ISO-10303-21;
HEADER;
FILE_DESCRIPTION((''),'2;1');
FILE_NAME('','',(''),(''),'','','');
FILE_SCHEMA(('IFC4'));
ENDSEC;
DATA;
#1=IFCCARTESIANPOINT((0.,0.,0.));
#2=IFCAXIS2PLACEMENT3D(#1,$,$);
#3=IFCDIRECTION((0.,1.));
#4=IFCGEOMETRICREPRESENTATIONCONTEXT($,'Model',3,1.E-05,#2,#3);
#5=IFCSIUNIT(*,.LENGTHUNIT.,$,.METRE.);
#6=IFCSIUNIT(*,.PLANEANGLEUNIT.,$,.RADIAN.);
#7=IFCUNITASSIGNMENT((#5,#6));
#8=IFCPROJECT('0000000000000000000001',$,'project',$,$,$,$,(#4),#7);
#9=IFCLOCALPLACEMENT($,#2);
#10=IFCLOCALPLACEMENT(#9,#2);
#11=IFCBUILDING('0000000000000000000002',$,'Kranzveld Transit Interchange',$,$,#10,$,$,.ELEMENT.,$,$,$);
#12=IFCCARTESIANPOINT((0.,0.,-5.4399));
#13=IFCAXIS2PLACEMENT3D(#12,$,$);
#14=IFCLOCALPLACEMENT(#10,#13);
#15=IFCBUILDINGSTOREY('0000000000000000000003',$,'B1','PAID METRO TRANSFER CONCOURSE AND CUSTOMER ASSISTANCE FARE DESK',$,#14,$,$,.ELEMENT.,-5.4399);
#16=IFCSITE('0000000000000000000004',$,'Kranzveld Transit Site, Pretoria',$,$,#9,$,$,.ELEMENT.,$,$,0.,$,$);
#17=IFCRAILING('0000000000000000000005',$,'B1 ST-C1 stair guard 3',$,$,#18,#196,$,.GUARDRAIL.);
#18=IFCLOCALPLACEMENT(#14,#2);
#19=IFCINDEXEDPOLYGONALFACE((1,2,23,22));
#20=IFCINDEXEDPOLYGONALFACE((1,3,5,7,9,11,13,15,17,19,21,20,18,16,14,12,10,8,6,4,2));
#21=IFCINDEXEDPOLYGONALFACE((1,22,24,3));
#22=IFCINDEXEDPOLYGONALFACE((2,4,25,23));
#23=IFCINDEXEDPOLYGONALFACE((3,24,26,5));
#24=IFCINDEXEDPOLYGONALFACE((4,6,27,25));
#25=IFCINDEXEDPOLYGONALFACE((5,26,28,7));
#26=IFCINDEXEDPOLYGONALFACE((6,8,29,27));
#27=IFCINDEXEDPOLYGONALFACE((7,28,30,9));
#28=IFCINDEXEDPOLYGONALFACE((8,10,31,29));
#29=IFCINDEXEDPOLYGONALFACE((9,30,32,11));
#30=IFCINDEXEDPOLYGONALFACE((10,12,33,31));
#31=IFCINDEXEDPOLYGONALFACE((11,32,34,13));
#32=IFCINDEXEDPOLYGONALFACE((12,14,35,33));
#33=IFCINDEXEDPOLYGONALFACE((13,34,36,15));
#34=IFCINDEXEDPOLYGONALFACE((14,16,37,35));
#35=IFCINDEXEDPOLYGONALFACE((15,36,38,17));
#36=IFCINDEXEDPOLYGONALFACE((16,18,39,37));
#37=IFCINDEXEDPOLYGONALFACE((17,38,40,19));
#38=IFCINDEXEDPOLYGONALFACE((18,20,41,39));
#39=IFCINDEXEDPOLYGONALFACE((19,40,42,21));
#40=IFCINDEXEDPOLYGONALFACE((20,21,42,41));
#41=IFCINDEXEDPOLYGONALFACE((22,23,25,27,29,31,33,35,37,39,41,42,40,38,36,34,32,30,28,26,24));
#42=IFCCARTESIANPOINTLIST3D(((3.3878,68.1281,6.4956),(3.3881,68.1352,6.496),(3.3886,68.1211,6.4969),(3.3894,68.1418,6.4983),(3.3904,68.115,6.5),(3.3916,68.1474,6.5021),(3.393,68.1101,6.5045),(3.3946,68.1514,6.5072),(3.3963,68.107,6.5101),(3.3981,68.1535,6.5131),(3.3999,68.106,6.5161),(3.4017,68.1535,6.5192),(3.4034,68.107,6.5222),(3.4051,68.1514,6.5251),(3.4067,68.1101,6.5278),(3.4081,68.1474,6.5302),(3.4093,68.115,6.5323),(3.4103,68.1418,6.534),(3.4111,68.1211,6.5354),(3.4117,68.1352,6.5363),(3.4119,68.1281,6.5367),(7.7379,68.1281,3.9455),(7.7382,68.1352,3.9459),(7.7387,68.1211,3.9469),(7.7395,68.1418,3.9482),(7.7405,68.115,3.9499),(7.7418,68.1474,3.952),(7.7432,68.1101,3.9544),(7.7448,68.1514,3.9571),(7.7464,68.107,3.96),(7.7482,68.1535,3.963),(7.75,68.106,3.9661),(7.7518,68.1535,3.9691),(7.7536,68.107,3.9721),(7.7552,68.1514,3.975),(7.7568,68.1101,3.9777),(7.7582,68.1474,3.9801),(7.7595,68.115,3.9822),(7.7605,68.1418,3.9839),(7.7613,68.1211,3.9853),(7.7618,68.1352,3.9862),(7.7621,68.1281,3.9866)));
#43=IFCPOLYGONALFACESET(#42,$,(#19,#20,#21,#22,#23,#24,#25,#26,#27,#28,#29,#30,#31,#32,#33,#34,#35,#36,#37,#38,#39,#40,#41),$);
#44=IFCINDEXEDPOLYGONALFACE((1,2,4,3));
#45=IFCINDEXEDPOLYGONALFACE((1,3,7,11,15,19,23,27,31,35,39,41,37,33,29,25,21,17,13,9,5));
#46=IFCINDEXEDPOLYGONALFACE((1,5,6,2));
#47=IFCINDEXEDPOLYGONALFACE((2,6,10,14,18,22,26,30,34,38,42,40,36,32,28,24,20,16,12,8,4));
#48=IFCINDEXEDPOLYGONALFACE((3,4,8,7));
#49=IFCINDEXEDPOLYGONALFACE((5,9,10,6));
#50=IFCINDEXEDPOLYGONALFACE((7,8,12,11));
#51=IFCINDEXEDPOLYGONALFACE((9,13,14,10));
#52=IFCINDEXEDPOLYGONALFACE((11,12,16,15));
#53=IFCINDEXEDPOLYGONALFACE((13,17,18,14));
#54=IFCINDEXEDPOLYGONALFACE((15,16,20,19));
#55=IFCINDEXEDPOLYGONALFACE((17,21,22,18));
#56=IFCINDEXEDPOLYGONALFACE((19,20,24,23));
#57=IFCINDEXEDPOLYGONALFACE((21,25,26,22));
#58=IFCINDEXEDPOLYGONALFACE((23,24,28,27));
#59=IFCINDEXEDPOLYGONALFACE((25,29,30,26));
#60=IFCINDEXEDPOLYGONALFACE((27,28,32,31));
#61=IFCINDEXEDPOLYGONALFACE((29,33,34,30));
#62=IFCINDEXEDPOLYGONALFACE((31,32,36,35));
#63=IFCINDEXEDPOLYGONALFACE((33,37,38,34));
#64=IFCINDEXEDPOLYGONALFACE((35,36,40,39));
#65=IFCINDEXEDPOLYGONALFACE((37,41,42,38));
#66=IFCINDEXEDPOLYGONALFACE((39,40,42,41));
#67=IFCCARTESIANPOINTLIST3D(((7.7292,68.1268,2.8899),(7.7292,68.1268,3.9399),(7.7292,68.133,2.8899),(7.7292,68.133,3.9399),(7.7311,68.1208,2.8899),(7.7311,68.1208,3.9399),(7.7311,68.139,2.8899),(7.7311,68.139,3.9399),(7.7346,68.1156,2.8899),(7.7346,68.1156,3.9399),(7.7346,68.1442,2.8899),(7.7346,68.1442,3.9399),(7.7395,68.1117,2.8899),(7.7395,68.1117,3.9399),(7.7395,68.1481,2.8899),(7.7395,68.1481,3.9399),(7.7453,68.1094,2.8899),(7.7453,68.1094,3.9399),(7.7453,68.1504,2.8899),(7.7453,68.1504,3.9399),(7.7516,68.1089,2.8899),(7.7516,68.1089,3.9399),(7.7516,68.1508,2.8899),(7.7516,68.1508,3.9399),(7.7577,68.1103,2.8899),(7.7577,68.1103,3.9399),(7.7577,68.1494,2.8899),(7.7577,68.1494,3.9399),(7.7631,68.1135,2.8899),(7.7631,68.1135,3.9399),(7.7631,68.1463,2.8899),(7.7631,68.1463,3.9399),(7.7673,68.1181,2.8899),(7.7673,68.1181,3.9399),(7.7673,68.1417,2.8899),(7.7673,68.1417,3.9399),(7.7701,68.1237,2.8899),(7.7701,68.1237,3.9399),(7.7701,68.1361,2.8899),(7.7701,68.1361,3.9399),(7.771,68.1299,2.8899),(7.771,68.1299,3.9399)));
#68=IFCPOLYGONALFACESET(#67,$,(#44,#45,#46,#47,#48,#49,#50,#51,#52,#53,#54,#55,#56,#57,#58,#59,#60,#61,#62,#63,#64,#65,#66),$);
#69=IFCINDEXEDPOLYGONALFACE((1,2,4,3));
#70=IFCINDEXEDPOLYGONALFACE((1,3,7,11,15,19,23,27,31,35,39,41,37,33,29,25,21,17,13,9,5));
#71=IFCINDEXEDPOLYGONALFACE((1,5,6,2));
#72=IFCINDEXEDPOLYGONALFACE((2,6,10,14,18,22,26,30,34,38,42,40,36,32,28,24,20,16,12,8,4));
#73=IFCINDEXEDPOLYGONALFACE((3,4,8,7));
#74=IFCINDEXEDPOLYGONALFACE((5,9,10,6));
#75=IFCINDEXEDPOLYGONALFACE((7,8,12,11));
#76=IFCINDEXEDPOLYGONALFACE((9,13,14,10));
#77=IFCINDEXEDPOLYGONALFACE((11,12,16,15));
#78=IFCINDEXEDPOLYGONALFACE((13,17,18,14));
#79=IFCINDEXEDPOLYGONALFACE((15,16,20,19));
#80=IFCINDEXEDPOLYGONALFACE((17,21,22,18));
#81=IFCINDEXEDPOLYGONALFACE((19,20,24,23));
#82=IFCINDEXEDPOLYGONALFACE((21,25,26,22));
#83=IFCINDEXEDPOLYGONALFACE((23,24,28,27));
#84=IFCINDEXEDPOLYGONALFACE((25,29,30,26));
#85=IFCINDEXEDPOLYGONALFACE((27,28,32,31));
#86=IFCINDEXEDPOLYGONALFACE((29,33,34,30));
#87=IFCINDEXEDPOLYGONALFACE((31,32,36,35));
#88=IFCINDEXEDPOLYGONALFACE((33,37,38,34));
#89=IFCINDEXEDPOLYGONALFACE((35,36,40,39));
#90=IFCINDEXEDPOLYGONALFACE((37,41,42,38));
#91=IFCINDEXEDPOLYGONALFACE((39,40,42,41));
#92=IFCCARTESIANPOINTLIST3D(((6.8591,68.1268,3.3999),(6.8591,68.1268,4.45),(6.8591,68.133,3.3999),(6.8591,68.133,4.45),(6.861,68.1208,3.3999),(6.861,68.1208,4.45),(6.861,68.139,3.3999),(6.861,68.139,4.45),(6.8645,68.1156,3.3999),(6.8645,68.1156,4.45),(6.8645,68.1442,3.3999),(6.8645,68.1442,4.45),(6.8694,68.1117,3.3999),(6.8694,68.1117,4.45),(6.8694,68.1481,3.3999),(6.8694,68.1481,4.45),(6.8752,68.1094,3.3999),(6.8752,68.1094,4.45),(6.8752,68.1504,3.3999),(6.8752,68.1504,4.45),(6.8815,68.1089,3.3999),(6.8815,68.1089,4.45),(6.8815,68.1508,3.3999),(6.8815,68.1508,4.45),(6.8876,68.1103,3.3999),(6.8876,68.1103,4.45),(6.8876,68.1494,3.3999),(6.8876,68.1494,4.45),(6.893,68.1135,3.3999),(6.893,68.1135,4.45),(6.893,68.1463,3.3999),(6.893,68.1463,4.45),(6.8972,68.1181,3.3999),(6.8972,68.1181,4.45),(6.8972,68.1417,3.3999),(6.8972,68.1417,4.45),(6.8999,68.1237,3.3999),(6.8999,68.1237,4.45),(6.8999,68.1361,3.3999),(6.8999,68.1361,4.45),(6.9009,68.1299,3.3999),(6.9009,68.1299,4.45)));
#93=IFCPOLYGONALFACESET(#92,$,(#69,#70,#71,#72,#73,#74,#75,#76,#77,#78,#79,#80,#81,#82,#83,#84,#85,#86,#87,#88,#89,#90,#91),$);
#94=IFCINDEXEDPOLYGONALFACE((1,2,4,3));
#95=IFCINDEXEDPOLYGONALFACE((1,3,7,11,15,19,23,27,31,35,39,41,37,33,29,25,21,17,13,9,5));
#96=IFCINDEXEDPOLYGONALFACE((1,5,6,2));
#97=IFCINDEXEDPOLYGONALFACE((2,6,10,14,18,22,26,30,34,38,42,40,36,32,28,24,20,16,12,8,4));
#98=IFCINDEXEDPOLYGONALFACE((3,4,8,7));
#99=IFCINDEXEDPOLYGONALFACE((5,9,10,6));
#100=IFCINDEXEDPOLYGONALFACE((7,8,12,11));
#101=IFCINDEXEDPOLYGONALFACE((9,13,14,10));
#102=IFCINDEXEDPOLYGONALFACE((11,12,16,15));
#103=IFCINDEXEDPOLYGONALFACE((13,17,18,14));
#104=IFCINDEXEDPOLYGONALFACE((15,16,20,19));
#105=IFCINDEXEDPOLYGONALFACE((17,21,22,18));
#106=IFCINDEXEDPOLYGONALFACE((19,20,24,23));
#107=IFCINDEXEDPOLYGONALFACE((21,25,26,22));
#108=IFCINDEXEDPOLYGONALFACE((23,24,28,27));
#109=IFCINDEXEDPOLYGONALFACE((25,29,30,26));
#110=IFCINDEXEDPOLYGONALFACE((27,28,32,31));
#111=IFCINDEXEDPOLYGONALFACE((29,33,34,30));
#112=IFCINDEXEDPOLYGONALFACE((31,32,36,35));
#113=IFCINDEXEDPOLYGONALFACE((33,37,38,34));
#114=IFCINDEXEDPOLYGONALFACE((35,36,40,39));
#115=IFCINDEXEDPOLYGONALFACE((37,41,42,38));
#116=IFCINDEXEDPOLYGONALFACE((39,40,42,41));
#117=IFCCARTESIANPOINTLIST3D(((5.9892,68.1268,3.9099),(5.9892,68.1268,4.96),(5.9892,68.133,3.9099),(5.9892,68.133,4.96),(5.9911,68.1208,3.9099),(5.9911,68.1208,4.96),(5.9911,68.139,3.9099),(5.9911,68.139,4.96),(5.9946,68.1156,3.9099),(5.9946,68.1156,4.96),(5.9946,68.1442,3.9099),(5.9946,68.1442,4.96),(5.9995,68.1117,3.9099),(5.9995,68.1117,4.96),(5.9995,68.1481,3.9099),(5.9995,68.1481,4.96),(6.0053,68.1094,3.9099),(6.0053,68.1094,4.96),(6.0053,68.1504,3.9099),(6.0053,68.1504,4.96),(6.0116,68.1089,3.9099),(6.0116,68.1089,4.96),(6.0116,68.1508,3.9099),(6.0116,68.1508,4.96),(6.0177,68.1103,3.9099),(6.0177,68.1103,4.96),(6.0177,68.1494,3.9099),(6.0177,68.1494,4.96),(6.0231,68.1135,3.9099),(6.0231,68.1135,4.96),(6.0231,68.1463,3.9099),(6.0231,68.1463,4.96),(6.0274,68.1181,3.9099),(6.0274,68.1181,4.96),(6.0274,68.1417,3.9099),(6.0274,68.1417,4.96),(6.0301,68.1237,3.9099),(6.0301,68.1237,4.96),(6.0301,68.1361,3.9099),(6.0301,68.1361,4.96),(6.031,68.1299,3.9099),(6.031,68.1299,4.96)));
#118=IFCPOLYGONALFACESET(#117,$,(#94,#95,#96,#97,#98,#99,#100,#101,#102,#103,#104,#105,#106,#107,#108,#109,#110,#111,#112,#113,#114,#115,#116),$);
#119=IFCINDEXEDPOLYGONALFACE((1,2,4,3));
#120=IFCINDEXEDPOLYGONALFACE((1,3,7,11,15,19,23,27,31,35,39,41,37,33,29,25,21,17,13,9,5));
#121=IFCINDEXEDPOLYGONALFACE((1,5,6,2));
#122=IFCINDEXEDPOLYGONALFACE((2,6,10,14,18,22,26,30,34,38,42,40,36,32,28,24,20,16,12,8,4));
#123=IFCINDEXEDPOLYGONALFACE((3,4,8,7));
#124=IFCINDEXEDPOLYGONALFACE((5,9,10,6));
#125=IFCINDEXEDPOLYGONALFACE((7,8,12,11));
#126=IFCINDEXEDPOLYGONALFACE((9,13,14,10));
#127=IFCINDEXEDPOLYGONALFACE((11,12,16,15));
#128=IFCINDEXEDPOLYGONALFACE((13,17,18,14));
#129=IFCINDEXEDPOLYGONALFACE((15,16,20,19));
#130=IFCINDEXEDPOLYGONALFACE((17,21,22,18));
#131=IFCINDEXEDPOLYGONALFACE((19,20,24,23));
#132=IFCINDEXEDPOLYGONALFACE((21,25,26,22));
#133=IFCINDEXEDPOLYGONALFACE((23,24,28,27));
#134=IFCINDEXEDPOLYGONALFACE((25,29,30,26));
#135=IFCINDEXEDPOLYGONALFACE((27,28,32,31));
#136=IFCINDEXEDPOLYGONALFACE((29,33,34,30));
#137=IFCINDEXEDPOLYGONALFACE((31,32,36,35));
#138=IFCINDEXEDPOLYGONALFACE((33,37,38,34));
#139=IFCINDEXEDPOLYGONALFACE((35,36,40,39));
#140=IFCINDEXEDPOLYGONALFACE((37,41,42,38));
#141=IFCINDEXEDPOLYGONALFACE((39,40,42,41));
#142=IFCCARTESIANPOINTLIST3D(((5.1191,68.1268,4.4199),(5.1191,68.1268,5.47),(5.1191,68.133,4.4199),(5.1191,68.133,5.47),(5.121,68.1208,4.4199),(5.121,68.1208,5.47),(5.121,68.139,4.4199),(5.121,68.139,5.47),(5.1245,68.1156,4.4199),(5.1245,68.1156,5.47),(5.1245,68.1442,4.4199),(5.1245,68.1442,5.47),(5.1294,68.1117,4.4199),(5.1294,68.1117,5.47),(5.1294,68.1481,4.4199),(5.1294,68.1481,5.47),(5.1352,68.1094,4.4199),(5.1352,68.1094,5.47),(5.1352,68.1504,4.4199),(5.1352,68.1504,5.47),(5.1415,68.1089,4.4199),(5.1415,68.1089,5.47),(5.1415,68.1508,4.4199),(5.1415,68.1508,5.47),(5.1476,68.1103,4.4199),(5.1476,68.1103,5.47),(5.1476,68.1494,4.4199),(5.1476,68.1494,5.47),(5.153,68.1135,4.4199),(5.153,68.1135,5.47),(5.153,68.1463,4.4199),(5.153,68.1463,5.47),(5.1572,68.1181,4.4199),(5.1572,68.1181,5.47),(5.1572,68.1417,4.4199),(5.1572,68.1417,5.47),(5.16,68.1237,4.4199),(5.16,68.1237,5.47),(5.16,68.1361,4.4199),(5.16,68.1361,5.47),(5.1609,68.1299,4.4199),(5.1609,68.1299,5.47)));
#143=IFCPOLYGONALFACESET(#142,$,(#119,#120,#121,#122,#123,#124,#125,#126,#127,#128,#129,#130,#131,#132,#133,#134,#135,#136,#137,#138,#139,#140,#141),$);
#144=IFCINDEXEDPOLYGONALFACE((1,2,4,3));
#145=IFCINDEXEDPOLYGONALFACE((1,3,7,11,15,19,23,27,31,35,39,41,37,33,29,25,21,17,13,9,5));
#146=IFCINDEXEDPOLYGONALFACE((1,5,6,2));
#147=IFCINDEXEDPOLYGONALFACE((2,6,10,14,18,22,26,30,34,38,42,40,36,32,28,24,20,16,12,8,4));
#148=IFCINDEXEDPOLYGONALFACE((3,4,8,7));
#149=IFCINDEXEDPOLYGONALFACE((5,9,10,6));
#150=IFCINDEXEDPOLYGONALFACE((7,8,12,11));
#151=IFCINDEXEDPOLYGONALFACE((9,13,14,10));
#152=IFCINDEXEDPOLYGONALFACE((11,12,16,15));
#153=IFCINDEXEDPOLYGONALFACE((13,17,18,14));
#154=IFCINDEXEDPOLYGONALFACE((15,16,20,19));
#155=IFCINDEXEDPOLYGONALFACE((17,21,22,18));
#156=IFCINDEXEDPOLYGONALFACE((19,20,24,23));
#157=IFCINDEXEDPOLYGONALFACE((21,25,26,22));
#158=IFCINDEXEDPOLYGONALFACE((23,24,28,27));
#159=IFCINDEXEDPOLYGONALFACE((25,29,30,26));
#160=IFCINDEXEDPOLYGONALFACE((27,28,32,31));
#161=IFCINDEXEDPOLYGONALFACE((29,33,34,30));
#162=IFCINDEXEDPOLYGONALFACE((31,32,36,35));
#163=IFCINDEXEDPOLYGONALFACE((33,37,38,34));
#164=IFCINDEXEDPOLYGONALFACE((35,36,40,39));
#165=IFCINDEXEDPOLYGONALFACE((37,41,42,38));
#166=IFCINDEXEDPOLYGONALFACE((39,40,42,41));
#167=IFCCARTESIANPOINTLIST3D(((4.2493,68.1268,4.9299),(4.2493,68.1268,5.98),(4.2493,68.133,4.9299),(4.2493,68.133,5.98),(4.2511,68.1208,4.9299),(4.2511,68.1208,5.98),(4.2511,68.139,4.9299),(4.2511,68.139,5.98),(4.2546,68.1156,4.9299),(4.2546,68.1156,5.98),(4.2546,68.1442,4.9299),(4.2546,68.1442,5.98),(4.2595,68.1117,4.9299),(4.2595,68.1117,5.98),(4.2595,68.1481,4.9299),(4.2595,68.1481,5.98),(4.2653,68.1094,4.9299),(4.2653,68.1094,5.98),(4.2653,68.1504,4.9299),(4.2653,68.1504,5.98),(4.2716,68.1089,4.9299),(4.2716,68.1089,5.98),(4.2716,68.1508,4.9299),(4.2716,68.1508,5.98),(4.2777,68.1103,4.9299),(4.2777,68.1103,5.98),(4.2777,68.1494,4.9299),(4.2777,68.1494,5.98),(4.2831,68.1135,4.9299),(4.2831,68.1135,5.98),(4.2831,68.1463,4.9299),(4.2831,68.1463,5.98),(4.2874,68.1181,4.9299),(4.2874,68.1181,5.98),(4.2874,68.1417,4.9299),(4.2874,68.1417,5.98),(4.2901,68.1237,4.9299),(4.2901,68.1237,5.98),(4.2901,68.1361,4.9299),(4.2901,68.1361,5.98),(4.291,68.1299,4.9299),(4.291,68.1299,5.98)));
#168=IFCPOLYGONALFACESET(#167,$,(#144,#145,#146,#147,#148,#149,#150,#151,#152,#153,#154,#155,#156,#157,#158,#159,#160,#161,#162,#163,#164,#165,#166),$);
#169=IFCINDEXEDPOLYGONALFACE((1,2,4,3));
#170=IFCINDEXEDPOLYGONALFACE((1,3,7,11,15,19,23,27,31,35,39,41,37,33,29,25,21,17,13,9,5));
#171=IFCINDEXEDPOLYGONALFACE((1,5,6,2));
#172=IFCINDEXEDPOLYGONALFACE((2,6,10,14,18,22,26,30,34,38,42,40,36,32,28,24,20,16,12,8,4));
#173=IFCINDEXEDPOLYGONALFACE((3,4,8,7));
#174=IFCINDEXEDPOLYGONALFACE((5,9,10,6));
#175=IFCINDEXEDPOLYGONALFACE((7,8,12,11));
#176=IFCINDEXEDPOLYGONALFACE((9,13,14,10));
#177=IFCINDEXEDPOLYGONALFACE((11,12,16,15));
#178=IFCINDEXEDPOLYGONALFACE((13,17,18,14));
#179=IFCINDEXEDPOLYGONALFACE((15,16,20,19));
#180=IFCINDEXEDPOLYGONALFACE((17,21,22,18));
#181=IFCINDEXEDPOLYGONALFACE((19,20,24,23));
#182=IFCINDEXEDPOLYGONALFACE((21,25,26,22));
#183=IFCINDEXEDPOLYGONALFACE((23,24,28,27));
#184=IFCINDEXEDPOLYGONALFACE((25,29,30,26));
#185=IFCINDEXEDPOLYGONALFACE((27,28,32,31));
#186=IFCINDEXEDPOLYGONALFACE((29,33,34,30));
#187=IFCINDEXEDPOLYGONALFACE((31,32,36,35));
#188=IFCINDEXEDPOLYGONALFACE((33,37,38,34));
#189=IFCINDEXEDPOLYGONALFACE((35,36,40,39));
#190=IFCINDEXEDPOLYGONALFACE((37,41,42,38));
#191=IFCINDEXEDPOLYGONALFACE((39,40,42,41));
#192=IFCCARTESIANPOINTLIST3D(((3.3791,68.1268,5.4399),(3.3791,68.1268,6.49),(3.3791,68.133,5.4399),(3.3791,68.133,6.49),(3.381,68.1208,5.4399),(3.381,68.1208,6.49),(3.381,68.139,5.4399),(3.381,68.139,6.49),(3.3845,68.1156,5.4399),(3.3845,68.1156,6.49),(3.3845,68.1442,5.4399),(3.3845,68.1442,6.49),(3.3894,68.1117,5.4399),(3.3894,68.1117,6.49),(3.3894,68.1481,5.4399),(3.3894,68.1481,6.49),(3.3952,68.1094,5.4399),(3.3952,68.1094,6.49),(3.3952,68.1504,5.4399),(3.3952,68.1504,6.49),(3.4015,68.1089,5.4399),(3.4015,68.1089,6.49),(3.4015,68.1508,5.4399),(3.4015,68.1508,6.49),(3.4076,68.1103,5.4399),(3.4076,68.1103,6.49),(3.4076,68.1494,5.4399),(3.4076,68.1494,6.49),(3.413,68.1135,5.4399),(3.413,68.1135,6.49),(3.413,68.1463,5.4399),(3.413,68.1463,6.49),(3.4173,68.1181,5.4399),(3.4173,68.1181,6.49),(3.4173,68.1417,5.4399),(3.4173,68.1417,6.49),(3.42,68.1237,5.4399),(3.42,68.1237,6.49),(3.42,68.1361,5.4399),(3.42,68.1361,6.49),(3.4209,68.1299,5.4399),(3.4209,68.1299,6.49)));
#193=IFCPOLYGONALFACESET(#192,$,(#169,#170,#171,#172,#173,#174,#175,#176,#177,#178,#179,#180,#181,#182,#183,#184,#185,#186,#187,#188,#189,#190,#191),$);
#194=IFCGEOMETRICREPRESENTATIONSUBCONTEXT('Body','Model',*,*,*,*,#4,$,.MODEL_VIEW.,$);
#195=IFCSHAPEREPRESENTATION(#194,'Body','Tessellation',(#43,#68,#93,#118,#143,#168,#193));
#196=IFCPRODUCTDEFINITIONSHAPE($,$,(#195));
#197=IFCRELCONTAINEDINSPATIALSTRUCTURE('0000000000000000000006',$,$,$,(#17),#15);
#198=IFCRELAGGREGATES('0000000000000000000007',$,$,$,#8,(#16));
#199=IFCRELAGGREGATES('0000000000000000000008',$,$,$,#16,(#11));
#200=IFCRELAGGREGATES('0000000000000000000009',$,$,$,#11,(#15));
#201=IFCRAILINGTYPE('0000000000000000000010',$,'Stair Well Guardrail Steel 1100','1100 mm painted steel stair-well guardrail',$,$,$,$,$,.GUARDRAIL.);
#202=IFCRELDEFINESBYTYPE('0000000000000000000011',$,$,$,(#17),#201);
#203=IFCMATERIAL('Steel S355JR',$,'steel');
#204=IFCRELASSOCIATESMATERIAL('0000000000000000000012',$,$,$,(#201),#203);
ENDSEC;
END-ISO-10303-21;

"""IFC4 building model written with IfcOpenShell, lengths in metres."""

from ifc_helpers import new_model, si_unit, direction, frame, origin, origin_2d, place, context, subcontext, project, spatial, circle, extrude, material, type_object, element, save


model = new_model("IFC4")

# Units and contexts
model_context = context("Model", 3, precision=1e-05, world=origin(), true_north=direction((0.0, 1.0)))
body_context = subcontext(model_context, "Body", "Model", "MODEL_VIEW")
ifc_project = project(units=[si_unit("LENGTHUNIT", "METRE"), si_unit("PLANEANGLEUNIT", "RADIAN")], contexts=[model_context])

# Site, building, storey
site_placement = place(None, origin())
site = spatial("IfcSite", under=ifc_project, at=site_placement, Name="Kranzveld Transit Site, Pretoria", CompositionType="ELEMENT", RefElevation=0.0)
building_placement = place(site_placement, origin())
building = spatial("IfcBuilding", under=site, at=building_placement, Name="Kranzveld Transit Interchange", CompositionType="ELEMENT")
storey_placement = place(building_placement, frame((0.0, 0.0, -5.4399)))
storey = spatial("IfcBuildingStorey", under=building, at=storey_placement, Name="B1", Description="PAID METRO TRANSFER CONCOURSE AND CUSTOMER ASSISTANCE FARE DESK", CompositionType="ELEMENT", Elevation=-5.4399)

# Railing
ifc_material_1 = material(Name="Steel S355JR", Category="steel")
railing_type_1 = type_object("IfcRailingType", Name="Stair Well Guardrail Steel 1100", Description="1100 mm painted steel stair-well guardrail", PredefinedType="GUARDRAIL", material=ifc_material_1)
railing_1_placement = place(storey_placement, frame((7.75, 68.1299, 2.8899)))
element("IfcRailing", 1, at=railing_1_placement, inside=storey, type_object=railing_type_1, Name="B1 ST-C1 stair guard 3", PredefinedType="GUARDRAIL", context=body_context, shape_type="SweptSolid", body=[
    extrude(circle(Radius=0.0239, at=origin_2d()), frame((0.0, 0.0, 1.0762), z_axis=(-0.862699, 0.0, 0.505718), x_axis=(0.0, -1.0, 0.0)), (0.0, 0.0, 1.0), 5.0425),
    extrude(circle(Radius=0.021, at=origin_2d()), origin(), (0.0, 0.0, 1.0), 1.05),
    extrude(circle(Radius=0.021, at=origin_2d()), frame((-0.8701, 0.0, 0.51)), (0.0, 0.0, 1.0), 1.05),
    extrude(circle(Radius=0.021, at=origin_2d()), frame((-1.74, 0.0, 1.02)), (0.0, 0.0, 1.0), 1.05),
    extrude(circle(Radius=0.021, at=origin_2d()), frame((-2.6101, 0.0, 1.53)), (0.0, 0.0, 1.0), 1.05),
    extrude(circle(Radius=0.021, at=origin_2d()), frame((-3.48, 0.0, 2.04)), (0.0, 0.0, 1.0), 1.05),
    extrude(circle(Radius=0.021, at=origin_2d()), frame((-4.3501, 0.0, 2.55)), (0.0, 0.0, 1.0), 1.05),
])

save(model, "model.ifc")
